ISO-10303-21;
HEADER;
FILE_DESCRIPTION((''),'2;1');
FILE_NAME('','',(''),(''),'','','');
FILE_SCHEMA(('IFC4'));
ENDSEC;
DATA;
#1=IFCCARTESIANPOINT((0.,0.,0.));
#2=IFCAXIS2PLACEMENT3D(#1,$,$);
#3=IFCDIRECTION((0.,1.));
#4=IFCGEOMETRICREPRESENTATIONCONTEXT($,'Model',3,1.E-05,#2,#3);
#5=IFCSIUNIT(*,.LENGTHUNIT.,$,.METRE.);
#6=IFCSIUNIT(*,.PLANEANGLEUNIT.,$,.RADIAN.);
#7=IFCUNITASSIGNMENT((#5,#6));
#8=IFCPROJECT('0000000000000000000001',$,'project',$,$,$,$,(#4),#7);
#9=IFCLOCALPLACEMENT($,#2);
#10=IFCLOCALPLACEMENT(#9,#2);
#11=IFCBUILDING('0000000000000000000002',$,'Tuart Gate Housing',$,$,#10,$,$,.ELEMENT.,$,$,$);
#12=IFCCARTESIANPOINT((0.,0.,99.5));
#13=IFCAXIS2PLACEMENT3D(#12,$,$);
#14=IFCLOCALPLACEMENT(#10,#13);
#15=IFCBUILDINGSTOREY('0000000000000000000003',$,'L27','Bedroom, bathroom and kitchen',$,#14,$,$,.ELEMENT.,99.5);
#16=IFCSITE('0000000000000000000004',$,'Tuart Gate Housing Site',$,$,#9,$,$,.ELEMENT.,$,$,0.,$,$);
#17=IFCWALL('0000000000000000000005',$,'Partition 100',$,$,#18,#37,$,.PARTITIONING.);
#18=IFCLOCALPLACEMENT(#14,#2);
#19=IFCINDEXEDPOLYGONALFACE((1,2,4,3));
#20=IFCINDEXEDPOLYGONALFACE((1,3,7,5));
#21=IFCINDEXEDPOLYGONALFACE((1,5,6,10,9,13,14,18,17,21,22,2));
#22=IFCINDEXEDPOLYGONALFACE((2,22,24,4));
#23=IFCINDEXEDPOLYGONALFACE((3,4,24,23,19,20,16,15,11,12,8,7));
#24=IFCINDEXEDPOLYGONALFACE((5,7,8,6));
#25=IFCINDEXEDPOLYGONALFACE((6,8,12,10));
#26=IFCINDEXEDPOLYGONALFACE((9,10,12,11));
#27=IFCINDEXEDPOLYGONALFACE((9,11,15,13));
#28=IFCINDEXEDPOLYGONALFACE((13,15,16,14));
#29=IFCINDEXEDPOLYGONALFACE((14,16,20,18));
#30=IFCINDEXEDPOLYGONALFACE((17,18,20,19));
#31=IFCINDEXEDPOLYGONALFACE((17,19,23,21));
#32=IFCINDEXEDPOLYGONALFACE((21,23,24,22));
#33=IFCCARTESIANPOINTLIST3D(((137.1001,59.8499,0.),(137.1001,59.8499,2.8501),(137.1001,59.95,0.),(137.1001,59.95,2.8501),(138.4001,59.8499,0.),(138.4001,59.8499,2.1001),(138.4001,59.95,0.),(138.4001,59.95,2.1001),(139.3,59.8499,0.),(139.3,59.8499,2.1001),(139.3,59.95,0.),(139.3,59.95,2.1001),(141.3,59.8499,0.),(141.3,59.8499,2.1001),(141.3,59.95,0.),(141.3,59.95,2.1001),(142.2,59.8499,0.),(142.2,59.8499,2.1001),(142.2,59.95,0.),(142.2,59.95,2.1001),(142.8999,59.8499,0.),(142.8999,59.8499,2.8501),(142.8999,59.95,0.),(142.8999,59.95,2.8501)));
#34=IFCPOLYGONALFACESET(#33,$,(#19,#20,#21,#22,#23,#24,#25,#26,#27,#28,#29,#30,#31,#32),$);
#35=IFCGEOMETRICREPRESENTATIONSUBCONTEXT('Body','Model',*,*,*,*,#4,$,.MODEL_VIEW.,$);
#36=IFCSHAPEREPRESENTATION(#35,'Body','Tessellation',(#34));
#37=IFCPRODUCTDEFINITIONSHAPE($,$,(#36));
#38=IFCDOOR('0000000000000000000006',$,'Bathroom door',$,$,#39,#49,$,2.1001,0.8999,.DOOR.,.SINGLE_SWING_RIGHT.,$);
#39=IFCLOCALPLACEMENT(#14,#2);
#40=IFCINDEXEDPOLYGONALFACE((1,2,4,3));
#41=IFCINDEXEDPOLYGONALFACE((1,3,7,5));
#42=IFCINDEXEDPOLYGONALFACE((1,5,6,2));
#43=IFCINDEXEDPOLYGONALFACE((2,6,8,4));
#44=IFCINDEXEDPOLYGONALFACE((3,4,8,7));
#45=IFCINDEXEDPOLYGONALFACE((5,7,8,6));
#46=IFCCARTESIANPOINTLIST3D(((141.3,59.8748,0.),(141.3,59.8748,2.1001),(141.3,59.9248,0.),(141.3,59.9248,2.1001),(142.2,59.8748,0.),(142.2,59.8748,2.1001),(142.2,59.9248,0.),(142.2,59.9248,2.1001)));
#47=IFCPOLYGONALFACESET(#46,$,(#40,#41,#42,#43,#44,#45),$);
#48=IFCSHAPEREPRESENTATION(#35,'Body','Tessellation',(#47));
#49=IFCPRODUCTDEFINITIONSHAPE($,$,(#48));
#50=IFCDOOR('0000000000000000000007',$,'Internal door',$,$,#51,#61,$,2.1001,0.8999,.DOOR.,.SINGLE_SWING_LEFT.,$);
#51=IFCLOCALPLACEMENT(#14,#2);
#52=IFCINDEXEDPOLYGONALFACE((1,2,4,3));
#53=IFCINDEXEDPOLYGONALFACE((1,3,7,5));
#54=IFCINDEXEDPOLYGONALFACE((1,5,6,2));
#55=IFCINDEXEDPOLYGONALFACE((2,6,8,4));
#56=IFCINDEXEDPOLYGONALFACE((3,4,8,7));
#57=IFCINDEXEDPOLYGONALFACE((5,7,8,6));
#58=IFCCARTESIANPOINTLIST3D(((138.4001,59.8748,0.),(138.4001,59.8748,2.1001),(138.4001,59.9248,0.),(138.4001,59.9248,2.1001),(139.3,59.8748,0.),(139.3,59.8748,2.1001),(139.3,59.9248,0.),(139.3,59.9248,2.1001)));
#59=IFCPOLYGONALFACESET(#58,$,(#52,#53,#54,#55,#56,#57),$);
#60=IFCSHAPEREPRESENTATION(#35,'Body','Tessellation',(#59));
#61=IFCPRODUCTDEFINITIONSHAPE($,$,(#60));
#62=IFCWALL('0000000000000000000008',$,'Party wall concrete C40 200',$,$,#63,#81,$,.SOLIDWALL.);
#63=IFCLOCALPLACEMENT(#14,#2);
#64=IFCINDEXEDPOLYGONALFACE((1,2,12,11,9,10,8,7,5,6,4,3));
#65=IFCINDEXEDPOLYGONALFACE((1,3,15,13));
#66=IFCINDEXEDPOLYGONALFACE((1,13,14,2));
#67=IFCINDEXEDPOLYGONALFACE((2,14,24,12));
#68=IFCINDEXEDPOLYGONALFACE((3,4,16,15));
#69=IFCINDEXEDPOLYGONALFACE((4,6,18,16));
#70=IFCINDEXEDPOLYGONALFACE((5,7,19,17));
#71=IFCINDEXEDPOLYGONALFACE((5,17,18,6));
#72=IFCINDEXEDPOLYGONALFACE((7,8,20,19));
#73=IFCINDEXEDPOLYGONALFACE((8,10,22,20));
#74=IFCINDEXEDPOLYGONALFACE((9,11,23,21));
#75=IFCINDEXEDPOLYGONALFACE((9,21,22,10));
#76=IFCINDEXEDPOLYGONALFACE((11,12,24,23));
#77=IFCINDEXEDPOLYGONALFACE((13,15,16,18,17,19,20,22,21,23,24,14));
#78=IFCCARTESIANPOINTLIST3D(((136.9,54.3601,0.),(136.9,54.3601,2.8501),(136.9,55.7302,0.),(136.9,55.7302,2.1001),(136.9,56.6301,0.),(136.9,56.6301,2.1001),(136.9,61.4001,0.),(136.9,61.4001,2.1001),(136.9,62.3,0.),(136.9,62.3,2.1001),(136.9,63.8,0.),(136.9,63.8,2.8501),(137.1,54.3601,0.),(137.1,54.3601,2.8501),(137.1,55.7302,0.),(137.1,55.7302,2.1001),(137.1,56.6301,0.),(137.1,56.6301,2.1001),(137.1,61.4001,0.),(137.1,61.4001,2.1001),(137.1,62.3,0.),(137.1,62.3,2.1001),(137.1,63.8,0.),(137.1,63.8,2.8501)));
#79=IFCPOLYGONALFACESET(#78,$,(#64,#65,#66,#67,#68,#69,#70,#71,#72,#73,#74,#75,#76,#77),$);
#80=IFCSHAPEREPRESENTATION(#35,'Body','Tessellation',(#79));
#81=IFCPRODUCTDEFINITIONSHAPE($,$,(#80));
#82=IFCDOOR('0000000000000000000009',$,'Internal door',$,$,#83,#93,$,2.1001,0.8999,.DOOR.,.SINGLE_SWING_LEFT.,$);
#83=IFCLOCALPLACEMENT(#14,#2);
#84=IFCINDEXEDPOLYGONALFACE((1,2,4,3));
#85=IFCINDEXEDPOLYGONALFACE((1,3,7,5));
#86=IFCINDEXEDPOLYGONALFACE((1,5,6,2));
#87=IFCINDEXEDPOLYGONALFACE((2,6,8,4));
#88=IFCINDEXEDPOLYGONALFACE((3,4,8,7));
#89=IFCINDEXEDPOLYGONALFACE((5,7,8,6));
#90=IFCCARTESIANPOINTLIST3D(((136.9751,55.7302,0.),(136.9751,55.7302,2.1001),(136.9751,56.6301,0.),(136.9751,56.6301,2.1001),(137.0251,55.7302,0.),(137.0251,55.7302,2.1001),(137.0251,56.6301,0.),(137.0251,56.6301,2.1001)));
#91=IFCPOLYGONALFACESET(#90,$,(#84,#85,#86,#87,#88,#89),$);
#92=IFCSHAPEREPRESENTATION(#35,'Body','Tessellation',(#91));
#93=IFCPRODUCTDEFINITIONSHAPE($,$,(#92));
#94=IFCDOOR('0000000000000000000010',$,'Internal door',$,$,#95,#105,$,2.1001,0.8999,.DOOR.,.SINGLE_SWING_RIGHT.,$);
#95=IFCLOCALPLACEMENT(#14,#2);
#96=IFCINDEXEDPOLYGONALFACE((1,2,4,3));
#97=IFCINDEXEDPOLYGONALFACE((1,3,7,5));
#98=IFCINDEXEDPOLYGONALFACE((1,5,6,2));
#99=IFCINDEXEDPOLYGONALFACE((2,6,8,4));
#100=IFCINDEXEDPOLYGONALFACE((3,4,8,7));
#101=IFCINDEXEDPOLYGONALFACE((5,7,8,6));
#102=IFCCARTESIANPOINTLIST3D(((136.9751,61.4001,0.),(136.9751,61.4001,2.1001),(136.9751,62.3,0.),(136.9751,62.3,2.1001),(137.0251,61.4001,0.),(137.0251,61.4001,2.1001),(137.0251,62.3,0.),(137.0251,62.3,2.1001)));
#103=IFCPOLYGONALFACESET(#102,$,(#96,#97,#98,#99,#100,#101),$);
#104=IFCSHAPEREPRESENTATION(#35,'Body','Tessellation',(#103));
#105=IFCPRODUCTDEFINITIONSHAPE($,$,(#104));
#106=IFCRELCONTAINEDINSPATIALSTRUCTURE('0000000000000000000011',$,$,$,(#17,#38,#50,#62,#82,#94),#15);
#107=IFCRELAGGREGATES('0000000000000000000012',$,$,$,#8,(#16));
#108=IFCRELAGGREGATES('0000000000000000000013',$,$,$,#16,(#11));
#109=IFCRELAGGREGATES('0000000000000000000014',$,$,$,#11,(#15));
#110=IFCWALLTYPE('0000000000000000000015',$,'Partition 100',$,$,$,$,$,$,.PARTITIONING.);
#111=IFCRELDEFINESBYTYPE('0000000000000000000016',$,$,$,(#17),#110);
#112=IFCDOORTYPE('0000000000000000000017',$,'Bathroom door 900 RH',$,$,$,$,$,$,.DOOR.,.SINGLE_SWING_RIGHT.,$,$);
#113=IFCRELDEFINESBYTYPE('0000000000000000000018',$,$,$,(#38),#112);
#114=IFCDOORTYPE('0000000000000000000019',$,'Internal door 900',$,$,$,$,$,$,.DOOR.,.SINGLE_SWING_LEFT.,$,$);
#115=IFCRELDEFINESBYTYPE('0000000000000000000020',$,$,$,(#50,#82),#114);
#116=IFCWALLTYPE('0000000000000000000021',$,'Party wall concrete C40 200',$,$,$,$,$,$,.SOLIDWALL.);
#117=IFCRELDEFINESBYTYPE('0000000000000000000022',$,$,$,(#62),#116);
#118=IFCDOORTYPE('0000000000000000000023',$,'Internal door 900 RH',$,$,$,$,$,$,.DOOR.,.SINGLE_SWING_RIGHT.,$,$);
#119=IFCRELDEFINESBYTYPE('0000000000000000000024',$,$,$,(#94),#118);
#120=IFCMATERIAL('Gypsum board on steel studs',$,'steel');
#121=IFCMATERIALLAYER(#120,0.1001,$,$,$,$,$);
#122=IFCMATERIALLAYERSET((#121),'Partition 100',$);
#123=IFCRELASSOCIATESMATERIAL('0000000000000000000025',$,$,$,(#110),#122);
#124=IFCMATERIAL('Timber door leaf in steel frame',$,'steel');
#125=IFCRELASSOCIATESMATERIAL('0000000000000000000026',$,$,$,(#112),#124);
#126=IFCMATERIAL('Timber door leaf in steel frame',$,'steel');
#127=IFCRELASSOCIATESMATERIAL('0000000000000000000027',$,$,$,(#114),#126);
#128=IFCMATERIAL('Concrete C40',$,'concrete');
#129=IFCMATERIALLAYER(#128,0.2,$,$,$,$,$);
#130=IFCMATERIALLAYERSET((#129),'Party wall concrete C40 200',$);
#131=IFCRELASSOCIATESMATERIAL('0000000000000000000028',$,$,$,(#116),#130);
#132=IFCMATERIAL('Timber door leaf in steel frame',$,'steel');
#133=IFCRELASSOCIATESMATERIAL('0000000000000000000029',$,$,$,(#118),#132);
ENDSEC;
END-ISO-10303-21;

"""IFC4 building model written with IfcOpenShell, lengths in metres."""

from ifc_helpers import new_model, si_unit, direction, frame, frame_2d, origin, place, context, subcontext, project, spatial, rectangle, extrude, material, layer, layer_set, type_object, element, fill, save


model = new_model("IFC4")

# Units and contexts
model_context = context("Model", 3, precision=1e-05, world=origin(), true_north=direction((0.0, 1.0)))
body_context = subcontext(model_context, "Body", "Model", "MODEL_VIEW")
ifc_project = project(units=[si_unit("LENGTHUNIT", "METRE"), si_unit("PLANEANGLEUNIT", "RADIAN")], contexts=[model_context])

# Site, building, storey
site_placement = place(None, origin())
site = spatial("IfcSite", under=ifc_project, at=site_placement, Name="Tuart Gate Housing Site", CompositionType="ELEMENT", RefElevation=0.0)
building_placement = place(site_placement, origin())
building = spatial("IfcBuilding", under=site, at=building_placement, Name="Tuart Gate Housing", CompositionType="ELEMENT")
storey_placement = place(building_placement, frame((0.0, 0.0, 99.5)))
storey = spatial("IfcBuildingStorey", under=building, at=storey_placement, Name="L27", Description="Bedroom, bathroom and kitchen", CompositionType="ELEMENT", Elevation=99.5)

# Walls, openings, doors
ifc_material_1 = material(Name="Gypsum board on steel studs", Category="steel")
ifc_layer_1 = layer(ifc_material_1, 0.1001)
ifc_layer_set_1 = layer_set([ifc_layer_1], Name="Partition 100")
wall_type_1 = type_object("IfcWallType", Name="Partition 100", PredefinedType="PARTITIONING", material=ifc_layer_set_1)
wall_1_placement = place(storey_placement, frame((137.1001, 59.8999, 0.0), z_axis=(0.0, 0.0, 1.0), x_axis=(1.0, 0.0, 0.0)))
wall_1 = element("IfcWall", 1, at=wall_1_placement, inside=storey, type_object=wall_type_1, Name="Partition 100", PredefinedType="PARTITIONING", context=body_context, shape_type="SweptSolid", body=[
    extrude(rectangle(XDim=5.7998, YDim=0.1001, at=frame_2d((2.8999, 0.0))), origin(), (0.0, 0.0, 1.0), 2.8501),
])
opening_1_placement = place(wall_1_placement, frame((1.3, 0.0, 0.0)))
opening_1 = element("IfcOpeningElement", 2, at=opening_1_placement, cuts=wall_1, PredefinedType="OPENING", context=body_context, shape_type="SweptSolid", body=[
    extrude(rectangle(XDim=0.8999, YDim=2.1001, at=frame_2d((0.45, 1.05))), frame((0.0, 0.0601, 0.0), z_axis=(0.0, -1.0, 0.0), x_axis=(1.0, 0.0, 0.0)), (0.0, 0.0, 1.0), 0.1201),
])
opening_2_placement = place(wall_1_placement, frame((4.2, 0.0, 0.0)))
opening_2 = element("IfcOpeningElement", 3, at=opening_2_placement, cuts=wall_1, PredefinedType="OPENING", context=body_context, shape_type="SweptSolid", body=[
    extrude(rectangle(XDim=0.8999, YDim=2.1001, at=frame_2d((0.45, 1.05))), frame((0.0, 0.0601, 0.0), z_axis=(0.0, -1.0, 0.0), x_axis=(1.0, 0.0, 0.0)), (0.0, 0.0, 1.0), 0.1201),
])
ifc_material_2 = material(Name="Timber door leaf in steel frame", Category="steel")
door_type_1 = type_object("IfcDoorType", Name="Bathroom door 900 RH", OperationType="SINGLE_SWING_RIGHT", PredefinedType="DOOR", material=ifc_material_2)
door_1_placement = place(opening_2_placement, frame((0.8999, 0.0, 0.0), z_axis=(0.0, 0.0, 1.0), x_axis=(-1.0, 0.0, 0.0)))
door_1 = element("IfcDoor", 4, at=door_1_placement, inside=storey, type_object=door_type_1, Name="Bathroom door", OperationType="SINGLE_SWING_RIGHT", OverallHeight=2.1001, OverallWidth=0.8999, PredefinedType="DOOR", context=body_context, shape_type="SweptSolid", body=[
    extrude(rectangle(XDim=0.8999, YDim=2.1001, at=frame_2d((0.45, 1.05))), frame((0.0, 0.0251, 0.0), z_axis=(0.0, -1.0, 0.0), x_axis=(1.0, 0.0, 0.0)), (0.0, 0.0, 1.0), 0.05),
])
fill(opening_2, door_1)
ifc_material_3 = material(Name="Timber door leaf in steel frame", Category="steel")
door_type_2 = type_object("IfcDoorType", Name="Internal door 900", OperationType="SINGLE_SWING_LEFT", PredefinedType="DOOR", material=ifc_material_3)
door_2_placement = place(opening_1_placement, origin())
door_2 = element("IfcDoor", 5, at=door_2_placement, inside=storey, type_object=door_type_2, Name="Internal door", OperationType="SINGLE_SWING_LEFT", OverallHeight=2.1001, OverallWidth=0.8999, PredefinedType="DOOR", context=body_context, shape_type="SweptSolid", body=[
    extrude(rectangle(XDim=0.8999, YDim=2.1001, at=frame_2d((0.45, 1.05))), frame((0.0, 0.0249, 0.0), z_axis=(0.0, -1.0, 0.0), x_axis=(1.0, 0.0, 0.0)), (0.0, 0.0, 1.0), 0.05),
])
fill(opening_1, door_2)
ifc_material_4 = material(Name="Concrete C40", Category="concrete")
ifc_layer_2 = layer(ifc_material_4, 0.2)
ifc_layer_set_2 = layer_set([ifc_layer_2], Name="Party wall concrete C40 200")
wall_type_2 = type_object("IfcWallType", Name="Party wall concrete C40 200", PredefinedType="SOLIDWALL", material=ifc_layer_set_2)
wall_2_placement = place(storey_placement, frame((137.0, 54.3601, 0.0), z_axis=(0.0, 0.0, 1.0), x_axis=(0.0, 1.0, 0.0)))
wall_2 = element("IfcWall", 6, at=wall_2_placement, inside=storey, type_object=wall_type_2, Name="Party wall concrete C40 200", PredefinedType="SOLIDWALL", context=body_context, shape_type="SweptSolid", body=[
    extrude(rectangle(XDim=9.4399, YDim=0.2, at=frame_2d((4.72, 0.0))), origin(), (0.0, 0.0, 1.0), 2.8501),
])
opening_3_placement = place(wall_2_placement, frame((1.3701, 0.0, 0.0)))
opening_3 = element("IfcOpeningElement", 7, at=opening_3_placement, cuts=wall_2, PredefinedType="OPENING", context=body_context, shape_type="SweptSolid", body=[
    extrude(rectangle(XDim=0.8999, YDim=2.1001, at=frame_2d((0.45, 1.05))), frame((0.0, 0.1099, 0.0), z_axis=(0.0, -1.0, 0.0), x_axis=(1.0, 0.0, 0.0)), (0.0, 0.0, 1.0), 0.22),
])
opening_4_placement = place(wall_2_placement, frame((7.04, 0.0, 0.0)))
opening_4 = element("IfcOpeningElement", 8, at=opening_4_placement, cuts=wall_2, PredefinedType="OPENING", context=body_context, shape_type="SweptSolid", body=[
    extrude(rectangle(XDim=0.8999, YDim=2.1001, at=frame_2d((0.45, 1.05))), frame((0.0, 0.1099, 0.0), z_axis=(0.0, -1.0, 0.0), x_axis=(1.0, 0.0, 0.0)), (0.0, 0.0, 1.0), 0.22),
])
door_3_placement = place(opening_3_placement, origin())
door_3 = element("IfcDoor", 9, at=door_3_placement, inside=storey, type_object=door_type_2, Name="Internal door", OperationType="SINGLE_SWING_LEFT", OverallHeight=2.1001, OverallWidth=0.8999, PredefinedType="DOOR", context=body_context, shape_type="SweptSolid", body=[
    extrude(rectangle(XDim=0.8999, YDim=2.1001, at=frame_2d((0.45, 1.05))), frame((0.0, 0.0249, 0.0), z_axis=(0.0, -1.0, 0.0), x_axis=(1.0, 0.0, 0.0)), (0.0, 0.0, 1.0), 0.05),
])
fill(opening_3, door_3)
ifc_material_5 = material(Name="Timber door leaf in steel frame", Category="steel")
door_type_3 = type_object("IfcDoorType", Name="Internal door 900 RH", OperationType="SINGLE_SWING_RIGHT", PredefinedType="DOOR", material=ifc_material_5)
door_4_placement = place(opening_4_placement, origin())
door_4 = element("IfcDoor", 10, at=door_4_placement, inside=storey, type_object=door_type_3, Name="Internal door", OperationType="SINGLE_SWING_RIGHT", OverallHeight=2.1001, OverallWidth=0.8999, PredefinedType="DOOR", context=body_context, shape_type="SweptSolid", body=[
    extrude(rectangle(XDim=0.8999, YDim=2.1001, at=frame_2d((0.45, 1.05))), frame((0.0, 0.0249, 0.0), z_axis=(0.0, -1.0, 0.0), x_axis=(1.0, 0.0, 0.0)), (0.0, 0.0, 1.0), 0.05),
])
fill(opening_4, door_4)

save(model, "model.ifc")
